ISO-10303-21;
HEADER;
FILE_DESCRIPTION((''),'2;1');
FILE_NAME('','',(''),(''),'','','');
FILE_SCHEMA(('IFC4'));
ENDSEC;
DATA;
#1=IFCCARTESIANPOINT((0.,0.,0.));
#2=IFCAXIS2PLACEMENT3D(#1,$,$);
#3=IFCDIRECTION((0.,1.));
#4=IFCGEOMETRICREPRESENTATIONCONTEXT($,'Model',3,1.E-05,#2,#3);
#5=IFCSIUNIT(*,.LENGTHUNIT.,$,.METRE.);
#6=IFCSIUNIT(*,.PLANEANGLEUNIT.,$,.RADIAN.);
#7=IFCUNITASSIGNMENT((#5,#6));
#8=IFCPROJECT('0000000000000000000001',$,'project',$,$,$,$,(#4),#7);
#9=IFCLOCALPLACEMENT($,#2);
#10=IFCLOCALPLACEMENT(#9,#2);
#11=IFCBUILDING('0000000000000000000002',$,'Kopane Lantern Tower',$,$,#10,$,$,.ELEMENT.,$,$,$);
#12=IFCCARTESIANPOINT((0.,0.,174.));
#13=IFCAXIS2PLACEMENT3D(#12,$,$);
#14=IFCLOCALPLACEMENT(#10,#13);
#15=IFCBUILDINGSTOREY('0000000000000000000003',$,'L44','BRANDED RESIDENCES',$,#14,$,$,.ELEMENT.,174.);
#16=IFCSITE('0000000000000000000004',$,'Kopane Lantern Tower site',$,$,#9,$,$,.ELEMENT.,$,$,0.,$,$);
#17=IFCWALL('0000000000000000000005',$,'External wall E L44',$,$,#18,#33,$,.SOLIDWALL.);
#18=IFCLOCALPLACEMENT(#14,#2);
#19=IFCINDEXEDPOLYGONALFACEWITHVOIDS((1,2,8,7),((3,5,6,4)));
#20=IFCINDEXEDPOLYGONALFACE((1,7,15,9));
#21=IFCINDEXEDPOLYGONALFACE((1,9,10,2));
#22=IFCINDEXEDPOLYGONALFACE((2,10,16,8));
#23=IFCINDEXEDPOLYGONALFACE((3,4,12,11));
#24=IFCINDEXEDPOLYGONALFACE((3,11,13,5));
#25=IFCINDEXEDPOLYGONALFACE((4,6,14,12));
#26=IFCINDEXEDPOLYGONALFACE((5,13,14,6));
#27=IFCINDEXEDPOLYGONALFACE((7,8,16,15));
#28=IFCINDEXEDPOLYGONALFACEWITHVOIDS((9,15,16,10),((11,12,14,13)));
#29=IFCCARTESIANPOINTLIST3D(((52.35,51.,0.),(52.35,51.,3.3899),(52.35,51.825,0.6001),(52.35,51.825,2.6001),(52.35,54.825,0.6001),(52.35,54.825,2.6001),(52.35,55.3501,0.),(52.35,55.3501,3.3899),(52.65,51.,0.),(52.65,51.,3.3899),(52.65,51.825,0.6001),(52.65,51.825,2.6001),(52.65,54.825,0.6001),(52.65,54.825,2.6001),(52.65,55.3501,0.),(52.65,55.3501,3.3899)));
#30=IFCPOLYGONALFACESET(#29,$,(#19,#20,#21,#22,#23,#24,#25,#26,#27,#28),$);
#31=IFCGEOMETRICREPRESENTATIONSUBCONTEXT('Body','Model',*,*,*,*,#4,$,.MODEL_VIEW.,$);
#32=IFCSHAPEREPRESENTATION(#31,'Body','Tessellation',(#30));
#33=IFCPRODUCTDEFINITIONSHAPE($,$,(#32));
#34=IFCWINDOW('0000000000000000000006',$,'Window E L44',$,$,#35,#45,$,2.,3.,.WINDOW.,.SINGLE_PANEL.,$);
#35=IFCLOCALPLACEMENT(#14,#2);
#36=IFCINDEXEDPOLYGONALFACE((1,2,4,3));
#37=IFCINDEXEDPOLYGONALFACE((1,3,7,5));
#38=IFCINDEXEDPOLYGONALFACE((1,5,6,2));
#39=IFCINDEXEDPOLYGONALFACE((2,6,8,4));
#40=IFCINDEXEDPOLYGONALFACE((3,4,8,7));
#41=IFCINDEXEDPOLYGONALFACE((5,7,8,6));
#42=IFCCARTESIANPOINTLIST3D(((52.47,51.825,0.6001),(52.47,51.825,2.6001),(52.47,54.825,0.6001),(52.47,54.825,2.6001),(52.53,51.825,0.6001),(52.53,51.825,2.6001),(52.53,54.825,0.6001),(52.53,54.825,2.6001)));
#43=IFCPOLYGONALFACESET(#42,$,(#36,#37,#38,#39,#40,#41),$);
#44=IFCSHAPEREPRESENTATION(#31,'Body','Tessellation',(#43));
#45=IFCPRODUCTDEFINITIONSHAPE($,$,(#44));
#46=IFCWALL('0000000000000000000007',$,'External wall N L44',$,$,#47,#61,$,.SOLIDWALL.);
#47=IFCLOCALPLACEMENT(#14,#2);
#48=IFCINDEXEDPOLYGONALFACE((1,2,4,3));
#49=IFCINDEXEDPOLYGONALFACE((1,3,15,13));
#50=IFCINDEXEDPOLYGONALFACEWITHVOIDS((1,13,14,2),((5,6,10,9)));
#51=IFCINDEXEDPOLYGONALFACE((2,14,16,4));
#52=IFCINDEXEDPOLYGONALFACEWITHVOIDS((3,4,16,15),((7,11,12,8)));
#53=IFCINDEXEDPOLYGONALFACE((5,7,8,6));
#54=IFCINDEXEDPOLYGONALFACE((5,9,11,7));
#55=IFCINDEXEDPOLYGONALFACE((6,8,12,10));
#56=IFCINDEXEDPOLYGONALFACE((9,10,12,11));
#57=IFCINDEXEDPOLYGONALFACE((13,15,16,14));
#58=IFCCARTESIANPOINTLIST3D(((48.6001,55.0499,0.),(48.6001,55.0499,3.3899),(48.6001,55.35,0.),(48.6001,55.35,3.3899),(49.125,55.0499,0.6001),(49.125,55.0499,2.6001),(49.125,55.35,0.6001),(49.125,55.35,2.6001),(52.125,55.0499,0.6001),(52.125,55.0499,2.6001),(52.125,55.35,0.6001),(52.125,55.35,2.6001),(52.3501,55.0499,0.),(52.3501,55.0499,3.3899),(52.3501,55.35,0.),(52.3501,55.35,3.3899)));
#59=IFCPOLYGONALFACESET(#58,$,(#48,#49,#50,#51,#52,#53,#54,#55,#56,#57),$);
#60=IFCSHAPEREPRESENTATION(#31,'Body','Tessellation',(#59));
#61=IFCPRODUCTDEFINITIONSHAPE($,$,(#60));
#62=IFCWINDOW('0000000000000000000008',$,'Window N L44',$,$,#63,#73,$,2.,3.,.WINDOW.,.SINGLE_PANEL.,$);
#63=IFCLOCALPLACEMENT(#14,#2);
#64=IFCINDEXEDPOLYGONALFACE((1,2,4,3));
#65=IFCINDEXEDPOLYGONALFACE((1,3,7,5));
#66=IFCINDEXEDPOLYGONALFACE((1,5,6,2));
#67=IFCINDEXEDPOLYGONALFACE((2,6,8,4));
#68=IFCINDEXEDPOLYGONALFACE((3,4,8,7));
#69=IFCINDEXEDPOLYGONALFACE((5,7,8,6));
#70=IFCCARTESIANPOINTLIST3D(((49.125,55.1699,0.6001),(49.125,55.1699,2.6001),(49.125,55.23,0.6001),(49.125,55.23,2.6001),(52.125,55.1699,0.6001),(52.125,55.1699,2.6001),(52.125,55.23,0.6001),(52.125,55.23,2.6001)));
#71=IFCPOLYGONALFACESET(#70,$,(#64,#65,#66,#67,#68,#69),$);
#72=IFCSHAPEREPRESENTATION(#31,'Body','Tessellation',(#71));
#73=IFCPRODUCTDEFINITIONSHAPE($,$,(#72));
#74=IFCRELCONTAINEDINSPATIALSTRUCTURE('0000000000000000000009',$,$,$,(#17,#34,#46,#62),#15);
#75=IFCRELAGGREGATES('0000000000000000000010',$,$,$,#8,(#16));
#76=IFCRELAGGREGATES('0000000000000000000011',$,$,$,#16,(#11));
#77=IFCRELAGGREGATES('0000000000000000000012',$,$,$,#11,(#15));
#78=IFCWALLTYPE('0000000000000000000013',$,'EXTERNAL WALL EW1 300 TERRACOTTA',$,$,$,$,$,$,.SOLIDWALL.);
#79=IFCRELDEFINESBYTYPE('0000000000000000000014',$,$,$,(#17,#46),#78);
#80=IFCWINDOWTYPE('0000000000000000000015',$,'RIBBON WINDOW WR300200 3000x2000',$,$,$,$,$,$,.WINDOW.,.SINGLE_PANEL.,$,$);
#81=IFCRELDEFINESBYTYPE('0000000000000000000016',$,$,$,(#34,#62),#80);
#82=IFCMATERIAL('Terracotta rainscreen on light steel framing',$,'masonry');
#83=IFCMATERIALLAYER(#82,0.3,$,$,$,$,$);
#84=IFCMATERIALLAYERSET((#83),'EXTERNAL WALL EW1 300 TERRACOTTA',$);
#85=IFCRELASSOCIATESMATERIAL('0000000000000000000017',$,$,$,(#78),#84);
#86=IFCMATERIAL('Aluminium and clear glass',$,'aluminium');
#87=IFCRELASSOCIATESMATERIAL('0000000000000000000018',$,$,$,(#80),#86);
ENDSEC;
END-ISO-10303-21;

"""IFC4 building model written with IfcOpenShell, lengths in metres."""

from ifc_helpers import new_model, si_unit, direction, frame, frame_2d, origin, place, context, subcontext, project, spatial, rectangle, extrude, material, layer, layer_set, type_object, element, fill, save


model = new_model("IFC4")

# Units and contexts
model_context = context("Model", 3, precision=1e-05, world=origin(), true_north=direction((0.0, 1.0)))
body_context = subcontext(model_context, "Body", "Model", "MODEL_VIEW")
ifc_project = project(units=[si_unit("LENGTHUNIT", "METRE"), si_unit("PLANEANGLEUNIT", "RADIAN")], contexts=[model_context])

# Site, building, storey
site_placement = place(None, origin())
site = spatial("IfcSite", under=ifc_project, at=site_placement, Name="Kopane Lantern Tower site", CompositionType="ELEMENT", RefElevation=0.0)
building_placement = place(site_placement, origin())
building = spatial("IfcBuilding", under=site, at=building_placement, Name="Kopane Lantern Tower", CompositionType="ELEMENT")
storey_placement = place(building_placement, frame((0.0, 0.0, 174.0)))
storey = spatial("IfcBuildingStorey", under=building, at=storey_placement, Name="L44", Description="BRANDED RESIDENCES", CompositionType="ELEMENT", Elevation=174.0)

# Walls, openings, windows
ifc_material_1 = material(Name="Terracotta rainscreen on light steel framing", Category="masonry")
ifc_layer = layer(ifc_material_1, 0.3)
ifc_layer_set = layer_set([ifc_layer], Name="EXTERNAL WALL EW1 300 TERRACOTTA")
wall_type = type_object("IfcWallType", Name="EXTERNAL WALL EW1 300 TERRACOTTA", PredefinedType="SOLIDWALL", material=ifc_layer_set)
ifc_material_2 = material(Name="Aluminium and clear glass", Category="aluminium")
window_type = type_object("IfcWindowType", Name="RIBBON WINDOW WR300200 3000x2000", PartitioningType="SINGLE_PANEL", PredefinedType="WINDOW", material=ifc_material_2)
wall_1_placement = place(storey_placement, frame((52.5, 51.0, 0.0), z_axis=(0.0, 0.0, 1.0), x_axis=(0.0, 1.0, 0.0)))
wall_1 = element("IfcWall", 1, at=wall_1_placement, inside=storey, type_object=wall_type, Name="External wall E L44", PredefinedType="SOLIDWALL", context=body_context, shape_type="SweptSolid", body=[
    extrude(rectangle(XDim=4.3501, YDim=0.3, at=frame_2d((2.175, 0.0))), origin(), (0.0, 0.0, 1.0), 3.3899),
])
opening_1_placement = place(wall_1_placement, frame((0.825, 0.0, 0.6001)))
opening_1 = element("IfcOpeningElement", 2, at=opening_1_placement, cuts=wall_1, PredefinedType="OPENING", context=body_context, shape_type="SweptSolid", body=[
    extrude(rectangle(XDim=3.0, YDim=2.0, at=frame_2d((1.5, 1.0))), frame((0.0, 0.1599, 0.0), z_axis=(0.0, -1.0, 0.0), x_axis=(1.0, 0.0, 0.0)), (0.0, 0.0, 1.0), 0.3201),
])
window_1_placement = place(opening_1_placement, origin())
window_1 = element("IfcWindow", 3, at=window_1_placement, inside=storey, type_object=window_type, Name="Window E L44", OverallHeight=2.0, OverallWidth=3.0, PartitioningType="SINGLE_PANEL", PredefinedType="WINDOW", context=body_context, shape_type="SweptSolid", body=[
    extrude(rectangle(XDim=3.0, YDim=2.0, at=frame_2d((1.5, 1.0))), frame((0.0, 0.03, 0.0), z_axis=(0.0, -1.0, 0.0), x_axis=(1.0, 0.0, 0.0)), (0.0, 0.0, 1.0), 0.0601),
])
fill(opening_1, window_1)
wall_2_placement = place(storey_placement, frame((52.3501, 55.2, 0.0), z_axis=(0.0, 0.0, 1.0), x_axis=(-1.0, 0.0, 0.0)))
wall_2 = element("IfcWall", 4, at=wall_2_placement, inside=storey, type_object=wall_type, Name="External wall N L44", PredefinedType="SOLIDWALL", context=body_context, shape_type="SweptSolid", body=[
    extrude(rectangle(XDim=3.75, YDim=0.3, at=frame_2d((1.875, 0.0))), origin(), (0.0, 0.0, 1.0), 3.3899),
])
opening_2_placement = place(wall_2_placement, frame((0.2251, 0.0, 0.6001)))
opening_2 = element("IfcOpeningElement", 5, at=opening_2_placement, cuts=wall_2, PredefinedType="OPENING", context=body_context, shape_type="SweptSolid", body=[
    extrude(rectangle(XDim=3.0, YDim=2.0, at=frame_2d((1.5, 1.0))), frame((0.0, 0.1599, 0.0), z_axis=(0.0, -1.0, 0.0), x_axis=(1.0, 0.0, 0.0)), (0.0, 0.0, 1.0), 0.3201),
])
window_2_placement = place(opening_2_placement, origin())
window_2 = element("IfcWindow", 6, at=window_2_placement, inside=storey, type_object=window_type, Name="Window N L44", OverallHeight=2.0, OverallWidth=3.0, PartitioningType="SINGLE_PANEL", PredefinedType="WINDOW", context=body_context, shape_type="SweptSolid", body=[
    extrude(rectangle(XDim=3.0, YDim=2.0, at=frame_2d((1.5, 1.0))), frame((0.0, 0.03, 0.0), z_axis=(0.0, -1.0, 0.0), x_axis=(1.0, 0.0, 0.0)), (0.0, 0.0, 1.0), 0.0601),
])
fill(opening_2, window_2)

save(model, "model.ifc")
